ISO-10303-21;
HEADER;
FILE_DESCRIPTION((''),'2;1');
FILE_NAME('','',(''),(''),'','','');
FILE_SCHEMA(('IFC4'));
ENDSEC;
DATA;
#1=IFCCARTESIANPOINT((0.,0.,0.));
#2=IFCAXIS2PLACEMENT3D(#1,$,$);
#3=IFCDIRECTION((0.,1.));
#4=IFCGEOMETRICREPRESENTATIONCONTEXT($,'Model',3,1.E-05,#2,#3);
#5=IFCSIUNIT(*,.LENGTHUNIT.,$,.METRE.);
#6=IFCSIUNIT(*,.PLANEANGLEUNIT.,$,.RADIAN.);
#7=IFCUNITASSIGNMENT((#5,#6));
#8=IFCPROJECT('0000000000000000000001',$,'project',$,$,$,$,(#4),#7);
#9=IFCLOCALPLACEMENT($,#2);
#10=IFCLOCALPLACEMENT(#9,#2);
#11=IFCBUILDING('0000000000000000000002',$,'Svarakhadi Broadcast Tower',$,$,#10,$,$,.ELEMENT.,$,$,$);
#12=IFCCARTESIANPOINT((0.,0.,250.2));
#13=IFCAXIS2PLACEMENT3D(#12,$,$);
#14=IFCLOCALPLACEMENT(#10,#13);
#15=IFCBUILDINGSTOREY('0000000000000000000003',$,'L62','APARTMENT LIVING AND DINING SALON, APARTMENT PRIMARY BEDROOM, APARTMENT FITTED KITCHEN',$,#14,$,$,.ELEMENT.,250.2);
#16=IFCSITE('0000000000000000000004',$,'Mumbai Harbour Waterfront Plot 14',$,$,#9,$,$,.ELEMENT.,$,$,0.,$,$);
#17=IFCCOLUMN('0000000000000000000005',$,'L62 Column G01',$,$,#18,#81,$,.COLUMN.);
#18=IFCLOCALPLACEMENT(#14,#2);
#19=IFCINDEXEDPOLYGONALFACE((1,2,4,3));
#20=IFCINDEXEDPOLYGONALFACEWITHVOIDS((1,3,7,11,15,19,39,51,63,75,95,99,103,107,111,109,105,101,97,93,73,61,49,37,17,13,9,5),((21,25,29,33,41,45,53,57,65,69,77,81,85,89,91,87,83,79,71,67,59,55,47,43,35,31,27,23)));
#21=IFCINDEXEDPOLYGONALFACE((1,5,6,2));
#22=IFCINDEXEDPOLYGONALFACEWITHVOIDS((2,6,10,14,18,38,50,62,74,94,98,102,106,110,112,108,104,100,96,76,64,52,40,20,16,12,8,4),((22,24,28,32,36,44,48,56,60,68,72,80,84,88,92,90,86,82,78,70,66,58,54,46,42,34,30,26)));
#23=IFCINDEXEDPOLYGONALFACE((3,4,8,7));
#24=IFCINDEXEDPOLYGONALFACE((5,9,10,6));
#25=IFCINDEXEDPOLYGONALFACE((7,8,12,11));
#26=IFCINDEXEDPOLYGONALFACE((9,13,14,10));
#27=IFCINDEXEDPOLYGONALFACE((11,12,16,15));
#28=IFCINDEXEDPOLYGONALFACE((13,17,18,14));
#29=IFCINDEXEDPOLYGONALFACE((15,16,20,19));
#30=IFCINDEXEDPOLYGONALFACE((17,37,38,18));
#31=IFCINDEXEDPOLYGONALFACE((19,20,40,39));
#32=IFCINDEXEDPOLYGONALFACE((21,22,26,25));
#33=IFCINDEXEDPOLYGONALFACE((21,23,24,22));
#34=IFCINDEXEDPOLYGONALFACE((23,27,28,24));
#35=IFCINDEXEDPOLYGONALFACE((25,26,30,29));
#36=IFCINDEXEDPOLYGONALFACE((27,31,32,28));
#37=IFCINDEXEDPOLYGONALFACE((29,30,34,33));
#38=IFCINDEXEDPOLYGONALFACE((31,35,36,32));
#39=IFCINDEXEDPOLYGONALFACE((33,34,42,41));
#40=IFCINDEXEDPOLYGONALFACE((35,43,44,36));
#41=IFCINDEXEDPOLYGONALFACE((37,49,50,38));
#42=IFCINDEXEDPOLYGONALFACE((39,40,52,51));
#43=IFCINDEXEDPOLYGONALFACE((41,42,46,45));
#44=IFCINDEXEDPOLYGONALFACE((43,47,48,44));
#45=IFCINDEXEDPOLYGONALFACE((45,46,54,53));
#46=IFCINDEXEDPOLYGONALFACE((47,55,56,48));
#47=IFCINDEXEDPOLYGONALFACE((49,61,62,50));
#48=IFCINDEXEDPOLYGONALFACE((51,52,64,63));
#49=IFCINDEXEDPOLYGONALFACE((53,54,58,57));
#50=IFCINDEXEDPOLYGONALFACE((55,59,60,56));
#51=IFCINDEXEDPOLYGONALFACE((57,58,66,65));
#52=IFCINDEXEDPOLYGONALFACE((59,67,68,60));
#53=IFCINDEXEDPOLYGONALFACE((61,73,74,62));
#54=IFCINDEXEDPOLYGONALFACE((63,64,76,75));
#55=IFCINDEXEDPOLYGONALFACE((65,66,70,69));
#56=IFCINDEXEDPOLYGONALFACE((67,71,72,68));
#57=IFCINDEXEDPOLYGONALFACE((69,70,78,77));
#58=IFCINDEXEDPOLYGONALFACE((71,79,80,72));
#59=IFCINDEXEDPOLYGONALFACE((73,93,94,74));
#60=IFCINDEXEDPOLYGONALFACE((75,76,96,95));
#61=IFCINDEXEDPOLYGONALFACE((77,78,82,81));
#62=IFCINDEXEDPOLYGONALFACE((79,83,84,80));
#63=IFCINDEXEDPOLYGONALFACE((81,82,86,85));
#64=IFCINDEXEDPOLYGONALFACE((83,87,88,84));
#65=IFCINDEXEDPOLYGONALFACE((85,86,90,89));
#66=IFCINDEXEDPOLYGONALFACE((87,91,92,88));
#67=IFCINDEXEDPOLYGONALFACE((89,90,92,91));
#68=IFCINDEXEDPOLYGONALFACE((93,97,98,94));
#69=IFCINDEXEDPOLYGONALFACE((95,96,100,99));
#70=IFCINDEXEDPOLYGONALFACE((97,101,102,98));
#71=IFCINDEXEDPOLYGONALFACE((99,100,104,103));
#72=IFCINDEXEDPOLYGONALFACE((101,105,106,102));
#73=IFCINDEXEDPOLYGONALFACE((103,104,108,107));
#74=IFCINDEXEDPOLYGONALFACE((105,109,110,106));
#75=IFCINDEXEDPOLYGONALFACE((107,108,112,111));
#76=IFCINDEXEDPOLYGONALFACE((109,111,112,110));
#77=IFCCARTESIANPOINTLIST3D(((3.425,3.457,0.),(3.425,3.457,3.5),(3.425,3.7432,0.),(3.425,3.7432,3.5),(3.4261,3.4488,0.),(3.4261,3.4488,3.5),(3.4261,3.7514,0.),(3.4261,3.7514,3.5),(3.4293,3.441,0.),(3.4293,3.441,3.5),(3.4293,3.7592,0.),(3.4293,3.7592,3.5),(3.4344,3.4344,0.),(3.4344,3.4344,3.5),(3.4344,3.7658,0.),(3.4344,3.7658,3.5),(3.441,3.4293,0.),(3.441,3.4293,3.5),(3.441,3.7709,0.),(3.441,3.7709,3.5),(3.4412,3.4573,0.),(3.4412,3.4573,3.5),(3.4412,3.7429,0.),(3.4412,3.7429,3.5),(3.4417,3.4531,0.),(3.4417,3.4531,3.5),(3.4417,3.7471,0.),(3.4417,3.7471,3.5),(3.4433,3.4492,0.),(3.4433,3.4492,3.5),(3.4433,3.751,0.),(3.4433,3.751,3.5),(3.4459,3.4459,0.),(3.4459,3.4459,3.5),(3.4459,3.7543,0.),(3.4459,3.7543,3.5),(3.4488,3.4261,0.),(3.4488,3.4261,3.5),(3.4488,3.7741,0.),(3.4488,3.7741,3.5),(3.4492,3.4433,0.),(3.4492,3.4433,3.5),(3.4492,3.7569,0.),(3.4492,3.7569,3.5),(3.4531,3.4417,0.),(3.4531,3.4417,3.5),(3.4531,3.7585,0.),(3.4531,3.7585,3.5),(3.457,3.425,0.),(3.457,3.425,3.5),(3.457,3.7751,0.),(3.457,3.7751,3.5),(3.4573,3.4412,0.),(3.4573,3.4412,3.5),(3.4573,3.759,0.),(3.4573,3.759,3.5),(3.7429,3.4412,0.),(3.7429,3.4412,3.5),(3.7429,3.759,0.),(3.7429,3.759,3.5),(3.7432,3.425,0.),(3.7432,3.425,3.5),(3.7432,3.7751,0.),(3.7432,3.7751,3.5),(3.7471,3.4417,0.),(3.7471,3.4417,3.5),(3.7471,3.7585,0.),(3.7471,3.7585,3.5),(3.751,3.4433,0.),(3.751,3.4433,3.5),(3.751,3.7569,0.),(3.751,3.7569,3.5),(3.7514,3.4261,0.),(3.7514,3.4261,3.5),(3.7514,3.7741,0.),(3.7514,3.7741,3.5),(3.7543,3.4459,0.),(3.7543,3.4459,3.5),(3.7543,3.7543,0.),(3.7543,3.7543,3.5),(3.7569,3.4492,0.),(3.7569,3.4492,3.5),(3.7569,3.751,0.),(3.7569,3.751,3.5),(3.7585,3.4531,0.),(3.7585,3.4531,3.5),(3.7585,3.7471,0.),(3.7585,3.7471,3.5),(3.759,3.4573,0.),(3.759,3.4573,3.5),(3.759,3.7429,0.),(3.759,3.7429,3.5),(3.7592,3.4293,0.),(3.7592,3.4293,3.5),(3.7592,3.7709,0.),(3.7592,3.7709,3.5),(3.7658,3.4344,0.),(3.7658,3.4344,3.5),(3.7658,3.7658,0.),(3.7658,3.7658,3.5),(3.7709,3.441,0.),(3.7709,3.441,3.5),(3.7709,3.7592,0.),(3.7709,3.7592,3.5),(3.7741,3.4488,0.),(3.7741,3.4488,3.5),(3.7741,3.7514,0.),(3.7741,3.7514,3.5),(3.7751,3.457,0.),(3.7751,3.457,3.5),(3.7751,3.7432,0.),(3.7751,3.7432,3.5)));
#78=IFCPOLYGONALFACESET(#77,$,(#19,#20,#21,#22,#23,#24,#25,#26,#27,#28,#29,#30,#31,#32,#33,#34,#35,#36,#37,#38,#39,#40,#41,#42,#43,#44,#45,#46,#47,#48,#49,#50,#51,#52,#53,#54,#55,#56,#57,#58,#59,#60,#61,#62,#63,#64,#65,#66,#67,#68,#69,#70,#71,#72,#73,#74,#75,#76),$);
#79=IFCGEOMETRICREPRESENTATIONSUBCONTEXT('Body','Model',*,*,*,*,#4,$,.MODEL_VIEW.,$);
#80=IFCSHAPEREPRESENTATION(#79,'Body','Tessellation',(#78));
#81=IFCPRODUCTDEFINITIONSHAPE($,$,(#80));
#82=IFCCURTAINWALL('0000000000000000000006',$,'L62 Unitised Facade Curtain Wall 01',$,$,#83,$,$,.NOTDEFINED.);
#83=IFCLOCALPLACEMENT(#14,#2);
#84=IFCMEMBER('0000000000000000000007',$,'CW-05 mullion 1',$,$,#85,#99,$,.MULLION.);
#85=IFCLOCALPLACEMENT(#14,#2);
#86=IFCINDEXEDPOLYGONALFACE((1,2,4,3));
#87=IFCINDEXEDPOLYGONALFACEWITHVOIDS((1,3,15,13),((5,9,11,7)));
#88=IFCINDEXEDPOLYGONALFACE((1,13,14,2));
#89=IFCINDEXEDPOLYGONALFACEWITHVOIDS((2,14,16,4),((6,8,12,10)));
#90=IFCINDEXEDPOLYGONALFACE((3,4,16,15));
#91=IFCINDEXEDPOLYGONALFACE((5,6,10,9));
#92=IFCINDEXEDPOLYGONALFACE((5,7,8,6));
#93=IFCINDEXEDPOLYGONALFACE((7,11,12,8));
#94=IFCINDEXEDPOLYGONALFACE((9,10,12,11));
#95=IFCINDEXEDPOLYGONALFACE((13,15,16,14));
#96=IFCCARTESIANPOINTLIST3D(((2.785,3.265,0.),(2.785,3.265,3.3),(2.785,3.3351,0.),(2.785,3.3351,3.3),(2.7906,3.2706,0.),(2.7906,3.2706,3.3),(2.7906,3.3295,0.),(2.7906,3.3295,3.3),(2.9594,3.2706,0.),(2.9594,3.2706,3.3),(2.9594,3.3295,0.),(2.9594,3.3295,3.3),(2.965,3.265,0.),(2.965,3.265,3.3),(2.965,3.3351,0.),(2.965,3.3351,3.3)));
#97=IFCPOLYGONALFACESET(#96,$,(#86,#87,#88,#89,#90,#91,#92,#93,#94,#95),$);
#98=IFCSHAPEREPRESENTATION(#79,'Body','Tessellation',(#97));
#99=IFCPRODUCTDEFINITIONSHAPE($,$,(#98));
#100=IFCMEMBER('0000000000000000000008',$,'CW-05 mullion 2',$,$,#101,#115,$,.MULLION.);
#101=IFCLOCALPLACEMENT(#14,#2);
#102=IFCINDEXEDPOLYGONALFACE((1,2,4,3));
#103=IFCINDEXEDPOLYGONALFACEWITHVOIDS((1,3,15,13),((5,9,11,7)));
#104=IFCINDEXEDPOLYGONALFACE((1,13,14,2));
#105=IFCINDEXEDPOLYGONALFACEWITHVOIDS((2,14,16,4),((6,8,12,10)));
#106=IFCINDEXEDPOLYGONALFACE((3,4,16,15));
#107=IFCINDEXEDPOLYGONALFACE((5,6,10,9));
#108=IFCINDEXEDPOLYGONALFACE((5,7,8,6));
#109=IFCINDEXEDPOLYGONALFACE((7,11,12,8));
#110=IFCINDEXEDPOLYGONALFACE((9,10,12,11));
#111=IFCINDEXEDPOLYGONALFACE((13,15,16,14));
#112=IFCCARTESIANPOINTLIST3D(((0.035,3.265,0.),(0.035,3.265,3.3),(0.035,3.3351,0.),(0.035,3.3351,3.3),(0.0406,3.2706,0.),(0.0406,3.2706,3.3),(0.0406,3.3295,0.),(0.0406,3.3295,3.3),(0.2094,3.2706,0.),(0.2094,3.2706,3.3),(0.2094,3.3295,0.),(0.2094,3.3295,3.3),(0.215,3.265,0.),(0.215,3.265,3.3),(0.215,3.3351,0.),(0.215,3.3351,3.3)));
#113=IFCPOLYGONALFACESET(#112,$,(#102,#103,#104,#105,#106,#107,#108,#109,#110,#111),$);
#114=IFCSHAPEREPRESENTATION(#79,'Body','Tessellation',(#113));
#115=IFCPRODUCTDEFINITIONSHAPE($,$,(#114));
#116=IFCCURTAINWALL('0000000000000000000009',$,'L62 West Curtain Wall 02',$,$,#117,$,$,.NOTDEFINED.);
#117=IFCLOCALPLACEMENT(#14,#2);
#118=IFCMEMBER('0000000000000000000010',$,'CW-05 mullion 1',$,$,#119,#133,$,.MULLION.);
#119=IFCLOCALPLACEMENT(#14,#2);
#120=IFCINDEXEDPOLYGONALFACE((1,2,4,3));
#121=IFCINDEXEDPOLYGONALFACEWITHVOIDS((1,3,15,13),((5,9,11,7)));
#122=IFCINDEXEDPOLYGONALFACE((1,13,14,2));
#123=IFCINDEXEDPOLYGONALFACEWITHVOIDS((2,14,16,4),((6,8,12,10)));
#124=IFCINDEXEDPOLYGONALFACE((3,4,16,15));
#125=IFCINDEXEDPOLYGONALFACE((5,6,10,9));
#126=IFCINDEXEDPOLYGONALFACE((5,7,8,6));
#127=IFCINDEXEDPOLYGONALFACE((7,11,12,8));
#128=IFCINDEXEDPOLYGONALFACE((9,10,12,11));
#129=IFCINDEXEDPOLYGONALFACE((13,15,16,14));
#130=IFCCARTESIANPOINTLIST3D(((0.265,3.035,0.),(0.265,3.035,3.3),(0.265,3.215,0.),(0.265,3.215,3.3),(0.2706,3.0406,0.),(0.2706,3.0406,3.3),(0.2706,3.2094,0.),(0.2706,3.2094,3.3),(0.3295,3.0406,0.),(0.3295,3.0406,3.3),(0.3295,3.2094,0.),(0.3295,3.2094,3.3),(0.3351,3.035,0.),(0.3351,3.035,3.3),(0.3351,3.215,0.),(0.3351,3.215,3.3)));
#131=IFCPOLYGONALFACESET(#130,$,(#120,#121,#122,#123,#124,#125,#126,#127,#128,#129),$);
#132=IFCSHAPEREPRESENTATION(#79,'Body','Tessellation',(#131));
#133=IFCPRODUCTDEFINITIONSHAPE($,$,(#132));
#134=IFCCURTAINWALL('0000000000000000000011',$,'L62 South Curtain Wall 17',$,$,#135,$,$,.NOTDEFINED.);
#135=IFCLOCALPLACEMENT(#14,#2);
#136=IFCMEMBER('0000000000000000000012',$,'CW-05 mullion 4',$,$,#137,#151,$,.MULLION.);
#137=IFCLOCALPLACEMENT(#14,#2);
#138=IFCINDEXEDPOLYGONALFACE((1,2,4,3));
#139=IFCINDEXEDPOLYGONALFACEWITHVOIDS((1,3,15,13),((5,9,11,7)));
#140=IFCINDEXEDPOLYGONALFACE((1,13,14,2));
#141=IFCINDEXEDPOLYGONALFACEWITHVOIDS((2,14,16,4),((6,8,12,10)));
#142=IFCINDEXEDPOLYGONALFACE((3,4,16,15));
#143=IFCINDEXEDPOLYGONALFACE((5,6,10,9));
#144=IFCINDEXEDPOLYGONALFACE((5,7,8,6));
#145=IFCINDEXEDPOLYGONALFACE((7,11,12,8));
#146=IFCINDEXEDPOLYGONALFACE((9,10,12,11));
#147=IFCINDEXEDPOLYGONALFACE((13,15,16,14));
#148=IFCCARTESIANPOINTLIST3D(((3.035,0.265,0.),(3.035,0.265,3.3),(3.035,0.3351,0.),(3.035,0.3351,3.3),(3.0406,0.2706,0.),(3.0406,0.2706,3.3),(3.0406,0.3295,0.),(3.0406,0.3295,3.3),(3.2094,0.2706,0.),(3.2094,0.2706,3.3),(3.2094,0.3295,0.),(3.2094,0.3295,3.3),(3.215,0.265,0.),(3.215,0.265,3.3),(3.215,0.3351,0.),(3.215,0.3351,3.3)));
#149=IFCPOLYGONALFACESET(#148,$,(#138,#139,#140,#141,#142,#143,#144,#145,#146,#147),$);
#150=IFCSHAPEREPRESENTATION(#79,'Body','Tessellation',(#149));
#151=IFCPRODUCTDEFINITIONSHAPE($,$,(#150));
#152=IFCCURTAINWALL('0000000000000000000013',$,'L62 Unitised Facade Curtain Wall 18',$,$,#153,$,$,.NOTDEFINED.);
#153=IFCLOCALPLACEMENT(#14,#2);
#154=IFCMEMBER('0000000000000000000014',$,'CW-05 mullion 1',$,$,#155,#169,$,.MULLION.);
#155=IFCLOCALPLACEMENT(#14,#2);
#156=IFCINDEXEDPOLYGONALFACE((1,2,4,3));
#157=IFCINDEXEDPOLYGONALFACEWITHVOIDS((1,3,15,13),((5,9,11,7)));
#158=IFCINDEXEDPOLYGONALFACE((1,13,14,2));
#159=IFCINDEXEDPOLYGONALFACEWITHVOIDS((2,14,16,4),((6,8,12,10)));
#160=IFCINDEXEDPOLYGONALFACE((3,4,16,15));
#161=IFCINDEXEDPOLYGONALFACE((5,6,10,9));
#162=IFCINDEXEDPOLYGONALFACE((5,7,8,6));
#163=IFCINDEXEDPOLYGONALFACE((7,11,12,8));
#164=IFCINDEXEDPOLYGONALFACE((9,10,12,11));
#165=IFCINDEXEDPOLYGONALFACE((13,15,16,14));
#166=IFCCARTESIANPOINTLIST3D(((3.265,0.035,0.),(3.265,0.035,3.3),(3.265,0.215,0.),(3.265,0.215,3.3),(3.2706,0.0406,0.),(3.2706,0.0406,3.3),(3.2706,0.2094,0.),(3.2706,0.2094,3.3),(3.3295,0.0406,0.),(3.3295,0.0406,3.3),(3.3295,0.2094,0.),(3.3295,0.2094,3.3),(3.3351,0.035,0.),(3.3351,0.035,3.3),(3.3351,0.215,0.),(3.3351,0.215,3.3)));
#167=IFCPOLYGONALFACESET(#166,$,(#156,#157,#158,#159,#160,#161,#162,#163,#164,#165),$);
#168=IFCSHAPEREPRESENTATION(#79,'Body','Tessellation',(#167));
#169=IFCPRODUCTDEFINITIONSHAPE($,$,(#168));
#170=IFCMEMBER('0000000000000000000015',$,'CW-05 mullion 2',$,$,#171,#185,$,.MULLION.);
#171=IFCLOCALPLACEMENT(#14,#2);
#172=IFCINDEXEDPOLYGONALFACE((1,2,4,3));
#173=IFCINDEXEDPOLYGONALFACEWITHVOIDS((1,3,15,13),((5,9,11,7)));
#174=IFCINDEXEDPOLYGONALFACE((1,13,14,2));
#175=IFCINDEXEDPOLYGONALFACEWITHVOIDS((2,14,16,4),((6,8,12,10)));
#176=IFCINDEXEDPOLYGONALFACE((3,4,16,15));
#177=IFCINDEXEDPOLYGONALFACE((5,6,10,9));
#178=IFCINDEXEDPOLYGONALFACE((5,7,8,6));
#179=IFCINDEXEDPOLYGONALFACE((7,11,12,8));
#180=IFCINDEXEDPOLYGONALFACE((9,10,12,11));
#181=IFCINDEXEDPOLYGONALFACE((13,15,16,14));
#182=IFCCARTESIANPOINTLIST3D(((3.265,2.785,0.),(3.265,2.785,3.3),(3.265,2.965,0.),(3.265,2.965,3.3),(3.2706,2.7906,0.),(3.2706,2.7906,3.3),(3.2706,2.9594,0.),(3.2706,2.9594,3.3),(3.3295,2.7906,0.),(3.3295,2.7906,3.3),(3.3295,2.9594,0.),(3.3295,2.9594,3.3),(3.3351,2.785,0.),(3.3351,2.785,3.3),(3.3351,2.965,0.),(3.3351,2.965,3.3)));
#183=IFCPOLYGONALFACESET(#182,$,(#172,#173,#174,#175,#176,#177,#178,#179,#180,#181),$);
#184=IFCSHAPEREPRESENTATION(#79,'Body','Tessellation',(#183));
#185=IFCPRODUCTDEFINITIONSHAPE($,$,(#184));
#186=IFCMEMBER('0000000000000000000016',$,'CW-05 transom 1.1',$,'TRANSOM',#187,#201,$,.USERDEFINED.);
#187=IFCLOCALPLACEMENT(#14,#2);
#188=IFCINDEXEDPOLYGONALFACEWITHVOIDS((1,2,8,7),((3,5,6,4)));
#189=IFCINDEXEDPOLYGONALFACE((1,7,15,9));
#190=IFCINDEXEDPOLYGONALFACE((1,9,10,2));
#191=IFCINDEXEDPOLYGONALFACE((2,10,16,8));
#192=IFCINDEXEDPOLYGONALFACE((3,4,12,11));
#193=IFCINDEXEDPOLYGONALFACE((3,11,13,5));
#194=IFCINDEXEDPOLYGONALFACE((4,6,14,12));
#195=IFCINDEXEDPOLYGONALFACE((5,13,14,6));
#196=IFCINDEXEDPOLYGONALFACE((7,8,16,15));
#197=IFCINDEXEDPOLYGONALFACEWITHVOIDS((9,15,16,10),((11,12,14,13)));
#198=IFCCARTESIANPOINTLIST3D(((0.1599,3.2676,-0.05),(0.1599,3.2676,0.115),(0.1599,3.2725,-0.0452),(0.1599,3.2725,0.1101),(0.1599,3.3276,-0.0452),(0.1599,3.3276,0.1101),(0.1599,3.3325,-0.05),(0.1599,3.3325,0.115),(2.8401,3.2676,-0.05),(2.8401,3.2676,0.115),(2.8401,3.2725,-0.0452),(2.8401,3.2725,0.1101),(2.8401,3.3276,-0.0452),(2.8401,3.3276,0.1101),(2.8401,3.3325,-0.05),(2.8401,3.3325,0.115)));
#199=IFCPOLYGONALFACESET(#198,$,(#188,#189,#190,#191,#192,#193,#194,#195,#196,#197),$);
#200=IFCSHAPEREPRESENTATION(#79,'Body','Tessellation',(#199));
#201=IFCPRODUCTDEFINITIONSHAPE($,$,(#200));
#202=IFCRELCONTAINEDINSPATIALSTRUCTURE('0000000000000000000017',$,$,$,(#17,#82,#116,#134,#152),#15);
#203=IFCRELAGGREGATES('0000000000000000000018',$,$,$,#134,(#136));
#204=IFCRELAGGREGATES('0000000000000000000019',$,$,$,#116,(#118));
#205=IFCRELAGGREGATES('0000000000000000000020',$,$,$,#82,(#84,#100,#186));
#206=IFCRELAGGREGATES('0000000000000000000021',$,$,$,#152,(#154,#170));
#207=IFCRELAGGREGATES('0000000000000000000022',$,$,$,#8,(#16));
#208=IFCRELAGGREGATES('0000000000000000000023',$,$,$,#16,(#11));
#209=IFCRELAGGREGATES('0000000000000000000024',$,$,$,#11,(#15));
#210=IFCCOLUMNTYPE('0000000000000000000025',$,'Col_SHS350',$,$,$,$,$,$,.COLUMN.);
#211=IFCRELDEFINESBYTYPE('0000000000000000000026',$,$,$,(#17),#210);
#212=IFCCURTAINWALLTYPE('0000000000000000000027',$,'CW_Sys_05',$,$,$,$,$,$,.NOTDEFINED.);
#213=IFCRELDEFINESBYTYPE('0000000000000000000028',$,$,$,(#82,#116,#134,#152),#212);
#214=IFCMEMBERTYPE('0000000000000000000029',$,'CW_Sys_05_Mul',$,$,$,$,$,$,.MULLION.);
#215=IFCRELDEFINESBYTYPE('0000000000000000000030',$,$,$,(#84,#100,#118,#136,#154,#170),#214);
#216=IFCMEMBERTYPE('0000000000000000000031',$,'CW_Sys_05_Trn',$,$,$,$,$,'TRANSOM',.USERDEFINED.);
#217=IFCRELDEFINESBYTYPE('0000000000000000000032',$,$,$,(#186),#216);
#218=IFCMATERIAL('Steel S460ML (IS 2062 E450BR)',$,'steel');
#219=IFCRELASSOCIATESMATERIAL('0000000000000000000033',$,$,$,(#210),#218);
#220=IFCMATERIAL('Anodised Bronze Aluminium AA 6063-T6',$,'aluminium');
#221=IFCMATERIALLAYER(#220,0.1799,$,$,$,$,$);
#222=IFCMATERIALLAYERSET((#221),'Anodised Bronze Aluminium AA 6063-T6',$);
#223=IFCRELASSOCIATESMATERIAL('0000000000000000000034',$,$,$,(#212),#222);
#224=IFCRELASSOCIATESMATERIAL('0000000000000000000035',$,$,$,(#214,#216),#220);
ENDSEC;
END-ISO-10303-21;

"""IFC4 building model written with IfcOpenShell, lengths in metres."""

from ifc_helpers import new_model, si_unit, direction, frame, origin, origin_2d, place, context, subcontext, project, spatial, hollow_rectangle, extrude, material, layer, layer_set, material_profile, profile_set, type_object, element, aggregate, save


model = new_model("IFC4")

# Units and contexts
model_context = context("Model", 3, precision=1e-05, world=origin(), true_north=direction((0.0, 1.0)))
body_context = subcontext(model_context, "Body", "Model", "MODEL_VIEW")
ifc_project = project(units=[si_unit("LENGTHUNIT", "METRE"), si_unit("PLANEANGLEUNIT", "RADIAN")], contexts=[model_context])

# Site, building, storey
site_placement = place(None, origin())
site = spatial("IfcSite", under=ifc_project, at=site_placement, Name="Mumbai Harbour Waterfront Plot 14", CompositionType="ELEMENT", RefElevation=0.0)
building_placement = place(site_placement, origin())
building = spatial("IfcBuilding", under=site, at=building_placement, Name="Svarakhadi Broadcast Tower", CompositionType="ELEMENT")
storey_placement = place(building_placement, frame((0.0, 0.0, 250.2)))
storey = spatial("IfcBuildingStorey", under=building, at=storey_placement, Name="L62", Description="APARTMENT LIVING AND DINING SALON, APARTMENT PRIMARY BEDROOM, APARTMENT FITTED KITCHEN", CompositionType="ELEMENT", Elevation=250.2)

# Column
ifc_material_1 = material(Name="Steel S460ML (IS 2062 E450BR)", Category="steel")
ifc_material_profile_1 = material_profile(ifc_material_1, hollow_rectangle(XDim=0.3501, YDim=0.3501, WallThickness=0.0161, InnerFilletRadius=0.0161, OuterFilletRadius=0.032, at=origin_2d()), Name="SHS 350x350x16")
ifc_profile_set_1 = profile_set([ifc_material_profile_1], Name="Steel S460ML (IS 2062 E450BR)")
column_type = type_object("IfcColumnType", Name="Col_SHS350", PredefinedType="COLUMN", material=ifc_profile_set_1)
column_placement = place(storey_placement, frame((3.6001, 3.6001, 0.0), z_axis=(0.0, 0.0, 1.0), x_axis=(1.0, 0.0, 0.0)))
element("IfcColumn", 1, at=column_placement, inside=storey, type_object=column_type, Name="L62 Column G01", PredefinedType="COLUMN", context=body_context, shape_type="SweptSolid", body=[
    extrude(hollow_rectangle(XDim=0.3501, YDim=0.3501, WallThickness=0.0161, InnerFilletRadius=0.0161, OuterFilletRadius=0.032, at=origin_2d()), origin(), (0.0, 0.0, 1.0), 3.5),
])

# Curtain wall, members
ifc_material_2 = material(Name="Anodised Bronze Aluminium AA 6063-T6", Category="aluminium")
ifc_layer_1 = layer(ifc_material_2, 0.1799)
ifc_layer_set_1 = layer_set([ifc_layer_1], Name="Anodised Bronze Aluminium AA 6063-T6")
curtain_wall_type = type_object("IfcCurtainWallType", Name="CW_Sys_05", PredefinedType="NOTDEFINED", material=ifc_layer_set_1)
curtain_wall_1_placement = place(storey_placement, origin())
curtain_wall_1 = element("IfcCurtainWall", 2, at=curtain_wall_1_placement, inside=storey, type_object=curtain_wall_type, Name="L62 Unitised Facade Curtain Wall 01", PredefinedType="NOTDEFINED")
ifc_material_profile_2 = material_profile(ifc_material_2, hollow_rectangle(XDim=0.0701, YDim=0.1799, WallThickness=0.0056, at=origin_2d()), Name="ALU MULLION 180x70x6")
ifc_profile_set_2 = profile_set([ifc_material_profile_2], Name="Anodised Bronze Aluminium AA 6063-T6")
member_type_1 = type_object("IfcMemberType", Name="CW_Sys_05_Mul", PredefinedType="MULLION", material=ifc_profile_set_2)
member_1_placement = place(storey_placement, frame((2.875, 3.3, 0.0), z_axis=(0.0, 0.0, 1.0), x_axis=(0.0, -1.0, 0.0)))
member_1 = element("IfcMember", 3, at=member_1_placement, type_object=member_type_1, Name="CW-05 mullion 1", PredefinedType="MULLION", context=body_context, shape_type="SweptSolid", body=[
    extrude(hollow_rectangle(XDim=0.0701, YDim=0.1799, WallThickness=0.0056, at=origin_2d()), origin(), (0.0, 0.0, 1.0), 3.3),
])
member_2_placement = place(storey_placement, frame((0.125, 3.3, 0.0), z_axis=(0.0, 0.0, 1.0), x_axis=(0.0, -1.0, 0.0)))
member_2 = element("IfcMember", 4, at=member_2_placement, type_object=member_type_1, Name="CW-05 mullion 2", PredefinedType="MULLION", context=body_context, shape_type="SweptSolid", body=[
    extrude(hollow_rectangle(XDim=0.0701, YDim=0.1799, WallThickness=0.0056, at=origin_2d()), origin(), (0.0, 0.0, 1.0), 3.3),
])

# Curtain walls, members
curtain_wall_2_placement = place(storey_placement, origin())
curtain_wall_2 = element("IfcCurtainWall", 5, at=curtain_wall_2_placement, inside=storey, type_object=curtain_wall_type, Name="L62 West Curtain Wall 02", PredefinedType="NOTDEFINED")
member_3_placement = place(storey_placement, frame((0.3, 3.125, 0.0), z_axis=(0.0, 0.0, 1.0), x_axis=(-1.0, 0.0, 0.0)))
member_3 = element("IfcMember", 6, at=member_3_placement, type_object=member_type_1, Name="CW-05 mullion 1", PredefinedType="MULLION", context=body_context, shape_type="SweptSolid", body=[
    extrude(hollow_rectangle(XDim=0.0701, YDim=0.1799, WallThickness=0.0056, at=origin_2d()), origin(), (0.0, 0.0, 1.0), 3.3),
])
curtain_wall_3_placement = place(storey_placement, origin())
curtain_wall_3 = element("IfcCurtainWall", 7, at=curtain_wall_3_placement, inside=storey, type_object=curtain_wall_type, Name="L62 South Curtain Wall 17", PredefinedType="NOTDEFINED")
member_4_placement = place(storey_placement, frame((3.125, 0.3, 0.0), z_axis=(0.0, 0.0, 1.0), x_axis=(0.0, -1.0, 0.0)))
member_4 = element("IfcMember", 8, at=member_4_placement, type_object=member_type_1, Name="CW-05 mullion 4", PredefinedType="MULLION", context=body_context, shape_type="SweptSolid", body=[
    extrude(hollow_rectangle(XDim=0.0701, YDim=0.1799, WallThickness=0.0056, at=origin_2d()), origin(), (0.0, 0.0, 1.0), 3.3),
])
aggregate(curtain_wall_3, [member_4])

# Curtain wall, members
curtain_wall_4_placement = place(storey_placement, origin())
curtain_wall_4 = element("IfcCurtainWall", 9, at=curtain_wall_4_placement, inside=storey, type_object=curtain_wall_type, Name="L62 Unitised Facade Curtain Wall 18", PredefinedType="NOTDEFINED")
member_5_placement = place(storey_placement, frame((3.3, 0.125, 0.0), z_axis=(0.0, 0.0, 1.0), x_axis=(-1.0, 0.0, 0.0)))
member_5 = element("IfcMember", 10, at=member_5_placement, type_object=member_type_1, Name="CW-05 mullion 1", PredefinedType="MULLION", context=body_context, shape_type="SweptSolid", body=[
    extrude(hollow_rectangle(XDim=0.0701, YDim=0.1799, WallThickness=0.0056, at=origin_2d()), origin(), (0.0, 0.0, 1.0), 3.3),
])
member_6_placement = place(storey_placement, frame((3.3, 2.875, 0.0), z_axis=(0.0, 0.0, 1.0), x_axis=(-1.0, 0.0, 0.0)))
member_6 = element("IfcMember", 11, at=member_6_placement, type_object=member_type_1, Name="CW-05 mullion 2", PredefinedType="MULLION", context=body_context, shape_type="SweptSolid", body=[
    extrude(hollow_rectangle(XDim=0.0701, YDim=0.1799, WallThickness=0.0056, at=origin_2d()), origin(), (0.0, 0.0, 1.0), 3.3),
])

# Member
ifc_material_profile_3 = material_profile(ifc_material_2, hollow_rectangle(XDim=0.0649, YDim=0.165, WallThickness=0.0049, at=origin_2d()), Name="ALU TRANSOM 165x65x5")
ifc_profile_set_3 = profile_set([ifc_material_profile_3], Name="Anodised Bronze Aluminium AA 6063-T6")
member_type_2 = type_object("IfcMemberType", Name="CW_Sys_05_Trn", ElementType="TRANSOM", PredefinedType="USERDEFINED", material=ifc_profile_set_3)
member_7_placement = place(storey_placement, frame((2.8401, 3.3, 0.0325), z_axis=(-1.0, 0.0, 0.0), x_axis=(0.0, -1.0, 0.0)))
member_7 = element("IfcMember", 12, at=member_7_placement, type_object=member_type_2, Name="CW-05 transom 1.1", ObjectType="TRANSOM", PredefinedType="USERDEFINED", context=body_context, shape_type="SweptSolid", body=[
    extrude(hollow_rectangle(XDim=0.0649, YDim=0.165, WallThickness=0.0049, at=origin_2d()), origin(), (0.0, 0.0, 1.0), 2.6802),
])
aggregate(curtain_wall_2, [member_3])

aggregate(curtain_wall_1, [member_1, member_2, member_7])
aggregate(curtain_wall_4, [member_5, member_6])

save(model, "model.ifc")
